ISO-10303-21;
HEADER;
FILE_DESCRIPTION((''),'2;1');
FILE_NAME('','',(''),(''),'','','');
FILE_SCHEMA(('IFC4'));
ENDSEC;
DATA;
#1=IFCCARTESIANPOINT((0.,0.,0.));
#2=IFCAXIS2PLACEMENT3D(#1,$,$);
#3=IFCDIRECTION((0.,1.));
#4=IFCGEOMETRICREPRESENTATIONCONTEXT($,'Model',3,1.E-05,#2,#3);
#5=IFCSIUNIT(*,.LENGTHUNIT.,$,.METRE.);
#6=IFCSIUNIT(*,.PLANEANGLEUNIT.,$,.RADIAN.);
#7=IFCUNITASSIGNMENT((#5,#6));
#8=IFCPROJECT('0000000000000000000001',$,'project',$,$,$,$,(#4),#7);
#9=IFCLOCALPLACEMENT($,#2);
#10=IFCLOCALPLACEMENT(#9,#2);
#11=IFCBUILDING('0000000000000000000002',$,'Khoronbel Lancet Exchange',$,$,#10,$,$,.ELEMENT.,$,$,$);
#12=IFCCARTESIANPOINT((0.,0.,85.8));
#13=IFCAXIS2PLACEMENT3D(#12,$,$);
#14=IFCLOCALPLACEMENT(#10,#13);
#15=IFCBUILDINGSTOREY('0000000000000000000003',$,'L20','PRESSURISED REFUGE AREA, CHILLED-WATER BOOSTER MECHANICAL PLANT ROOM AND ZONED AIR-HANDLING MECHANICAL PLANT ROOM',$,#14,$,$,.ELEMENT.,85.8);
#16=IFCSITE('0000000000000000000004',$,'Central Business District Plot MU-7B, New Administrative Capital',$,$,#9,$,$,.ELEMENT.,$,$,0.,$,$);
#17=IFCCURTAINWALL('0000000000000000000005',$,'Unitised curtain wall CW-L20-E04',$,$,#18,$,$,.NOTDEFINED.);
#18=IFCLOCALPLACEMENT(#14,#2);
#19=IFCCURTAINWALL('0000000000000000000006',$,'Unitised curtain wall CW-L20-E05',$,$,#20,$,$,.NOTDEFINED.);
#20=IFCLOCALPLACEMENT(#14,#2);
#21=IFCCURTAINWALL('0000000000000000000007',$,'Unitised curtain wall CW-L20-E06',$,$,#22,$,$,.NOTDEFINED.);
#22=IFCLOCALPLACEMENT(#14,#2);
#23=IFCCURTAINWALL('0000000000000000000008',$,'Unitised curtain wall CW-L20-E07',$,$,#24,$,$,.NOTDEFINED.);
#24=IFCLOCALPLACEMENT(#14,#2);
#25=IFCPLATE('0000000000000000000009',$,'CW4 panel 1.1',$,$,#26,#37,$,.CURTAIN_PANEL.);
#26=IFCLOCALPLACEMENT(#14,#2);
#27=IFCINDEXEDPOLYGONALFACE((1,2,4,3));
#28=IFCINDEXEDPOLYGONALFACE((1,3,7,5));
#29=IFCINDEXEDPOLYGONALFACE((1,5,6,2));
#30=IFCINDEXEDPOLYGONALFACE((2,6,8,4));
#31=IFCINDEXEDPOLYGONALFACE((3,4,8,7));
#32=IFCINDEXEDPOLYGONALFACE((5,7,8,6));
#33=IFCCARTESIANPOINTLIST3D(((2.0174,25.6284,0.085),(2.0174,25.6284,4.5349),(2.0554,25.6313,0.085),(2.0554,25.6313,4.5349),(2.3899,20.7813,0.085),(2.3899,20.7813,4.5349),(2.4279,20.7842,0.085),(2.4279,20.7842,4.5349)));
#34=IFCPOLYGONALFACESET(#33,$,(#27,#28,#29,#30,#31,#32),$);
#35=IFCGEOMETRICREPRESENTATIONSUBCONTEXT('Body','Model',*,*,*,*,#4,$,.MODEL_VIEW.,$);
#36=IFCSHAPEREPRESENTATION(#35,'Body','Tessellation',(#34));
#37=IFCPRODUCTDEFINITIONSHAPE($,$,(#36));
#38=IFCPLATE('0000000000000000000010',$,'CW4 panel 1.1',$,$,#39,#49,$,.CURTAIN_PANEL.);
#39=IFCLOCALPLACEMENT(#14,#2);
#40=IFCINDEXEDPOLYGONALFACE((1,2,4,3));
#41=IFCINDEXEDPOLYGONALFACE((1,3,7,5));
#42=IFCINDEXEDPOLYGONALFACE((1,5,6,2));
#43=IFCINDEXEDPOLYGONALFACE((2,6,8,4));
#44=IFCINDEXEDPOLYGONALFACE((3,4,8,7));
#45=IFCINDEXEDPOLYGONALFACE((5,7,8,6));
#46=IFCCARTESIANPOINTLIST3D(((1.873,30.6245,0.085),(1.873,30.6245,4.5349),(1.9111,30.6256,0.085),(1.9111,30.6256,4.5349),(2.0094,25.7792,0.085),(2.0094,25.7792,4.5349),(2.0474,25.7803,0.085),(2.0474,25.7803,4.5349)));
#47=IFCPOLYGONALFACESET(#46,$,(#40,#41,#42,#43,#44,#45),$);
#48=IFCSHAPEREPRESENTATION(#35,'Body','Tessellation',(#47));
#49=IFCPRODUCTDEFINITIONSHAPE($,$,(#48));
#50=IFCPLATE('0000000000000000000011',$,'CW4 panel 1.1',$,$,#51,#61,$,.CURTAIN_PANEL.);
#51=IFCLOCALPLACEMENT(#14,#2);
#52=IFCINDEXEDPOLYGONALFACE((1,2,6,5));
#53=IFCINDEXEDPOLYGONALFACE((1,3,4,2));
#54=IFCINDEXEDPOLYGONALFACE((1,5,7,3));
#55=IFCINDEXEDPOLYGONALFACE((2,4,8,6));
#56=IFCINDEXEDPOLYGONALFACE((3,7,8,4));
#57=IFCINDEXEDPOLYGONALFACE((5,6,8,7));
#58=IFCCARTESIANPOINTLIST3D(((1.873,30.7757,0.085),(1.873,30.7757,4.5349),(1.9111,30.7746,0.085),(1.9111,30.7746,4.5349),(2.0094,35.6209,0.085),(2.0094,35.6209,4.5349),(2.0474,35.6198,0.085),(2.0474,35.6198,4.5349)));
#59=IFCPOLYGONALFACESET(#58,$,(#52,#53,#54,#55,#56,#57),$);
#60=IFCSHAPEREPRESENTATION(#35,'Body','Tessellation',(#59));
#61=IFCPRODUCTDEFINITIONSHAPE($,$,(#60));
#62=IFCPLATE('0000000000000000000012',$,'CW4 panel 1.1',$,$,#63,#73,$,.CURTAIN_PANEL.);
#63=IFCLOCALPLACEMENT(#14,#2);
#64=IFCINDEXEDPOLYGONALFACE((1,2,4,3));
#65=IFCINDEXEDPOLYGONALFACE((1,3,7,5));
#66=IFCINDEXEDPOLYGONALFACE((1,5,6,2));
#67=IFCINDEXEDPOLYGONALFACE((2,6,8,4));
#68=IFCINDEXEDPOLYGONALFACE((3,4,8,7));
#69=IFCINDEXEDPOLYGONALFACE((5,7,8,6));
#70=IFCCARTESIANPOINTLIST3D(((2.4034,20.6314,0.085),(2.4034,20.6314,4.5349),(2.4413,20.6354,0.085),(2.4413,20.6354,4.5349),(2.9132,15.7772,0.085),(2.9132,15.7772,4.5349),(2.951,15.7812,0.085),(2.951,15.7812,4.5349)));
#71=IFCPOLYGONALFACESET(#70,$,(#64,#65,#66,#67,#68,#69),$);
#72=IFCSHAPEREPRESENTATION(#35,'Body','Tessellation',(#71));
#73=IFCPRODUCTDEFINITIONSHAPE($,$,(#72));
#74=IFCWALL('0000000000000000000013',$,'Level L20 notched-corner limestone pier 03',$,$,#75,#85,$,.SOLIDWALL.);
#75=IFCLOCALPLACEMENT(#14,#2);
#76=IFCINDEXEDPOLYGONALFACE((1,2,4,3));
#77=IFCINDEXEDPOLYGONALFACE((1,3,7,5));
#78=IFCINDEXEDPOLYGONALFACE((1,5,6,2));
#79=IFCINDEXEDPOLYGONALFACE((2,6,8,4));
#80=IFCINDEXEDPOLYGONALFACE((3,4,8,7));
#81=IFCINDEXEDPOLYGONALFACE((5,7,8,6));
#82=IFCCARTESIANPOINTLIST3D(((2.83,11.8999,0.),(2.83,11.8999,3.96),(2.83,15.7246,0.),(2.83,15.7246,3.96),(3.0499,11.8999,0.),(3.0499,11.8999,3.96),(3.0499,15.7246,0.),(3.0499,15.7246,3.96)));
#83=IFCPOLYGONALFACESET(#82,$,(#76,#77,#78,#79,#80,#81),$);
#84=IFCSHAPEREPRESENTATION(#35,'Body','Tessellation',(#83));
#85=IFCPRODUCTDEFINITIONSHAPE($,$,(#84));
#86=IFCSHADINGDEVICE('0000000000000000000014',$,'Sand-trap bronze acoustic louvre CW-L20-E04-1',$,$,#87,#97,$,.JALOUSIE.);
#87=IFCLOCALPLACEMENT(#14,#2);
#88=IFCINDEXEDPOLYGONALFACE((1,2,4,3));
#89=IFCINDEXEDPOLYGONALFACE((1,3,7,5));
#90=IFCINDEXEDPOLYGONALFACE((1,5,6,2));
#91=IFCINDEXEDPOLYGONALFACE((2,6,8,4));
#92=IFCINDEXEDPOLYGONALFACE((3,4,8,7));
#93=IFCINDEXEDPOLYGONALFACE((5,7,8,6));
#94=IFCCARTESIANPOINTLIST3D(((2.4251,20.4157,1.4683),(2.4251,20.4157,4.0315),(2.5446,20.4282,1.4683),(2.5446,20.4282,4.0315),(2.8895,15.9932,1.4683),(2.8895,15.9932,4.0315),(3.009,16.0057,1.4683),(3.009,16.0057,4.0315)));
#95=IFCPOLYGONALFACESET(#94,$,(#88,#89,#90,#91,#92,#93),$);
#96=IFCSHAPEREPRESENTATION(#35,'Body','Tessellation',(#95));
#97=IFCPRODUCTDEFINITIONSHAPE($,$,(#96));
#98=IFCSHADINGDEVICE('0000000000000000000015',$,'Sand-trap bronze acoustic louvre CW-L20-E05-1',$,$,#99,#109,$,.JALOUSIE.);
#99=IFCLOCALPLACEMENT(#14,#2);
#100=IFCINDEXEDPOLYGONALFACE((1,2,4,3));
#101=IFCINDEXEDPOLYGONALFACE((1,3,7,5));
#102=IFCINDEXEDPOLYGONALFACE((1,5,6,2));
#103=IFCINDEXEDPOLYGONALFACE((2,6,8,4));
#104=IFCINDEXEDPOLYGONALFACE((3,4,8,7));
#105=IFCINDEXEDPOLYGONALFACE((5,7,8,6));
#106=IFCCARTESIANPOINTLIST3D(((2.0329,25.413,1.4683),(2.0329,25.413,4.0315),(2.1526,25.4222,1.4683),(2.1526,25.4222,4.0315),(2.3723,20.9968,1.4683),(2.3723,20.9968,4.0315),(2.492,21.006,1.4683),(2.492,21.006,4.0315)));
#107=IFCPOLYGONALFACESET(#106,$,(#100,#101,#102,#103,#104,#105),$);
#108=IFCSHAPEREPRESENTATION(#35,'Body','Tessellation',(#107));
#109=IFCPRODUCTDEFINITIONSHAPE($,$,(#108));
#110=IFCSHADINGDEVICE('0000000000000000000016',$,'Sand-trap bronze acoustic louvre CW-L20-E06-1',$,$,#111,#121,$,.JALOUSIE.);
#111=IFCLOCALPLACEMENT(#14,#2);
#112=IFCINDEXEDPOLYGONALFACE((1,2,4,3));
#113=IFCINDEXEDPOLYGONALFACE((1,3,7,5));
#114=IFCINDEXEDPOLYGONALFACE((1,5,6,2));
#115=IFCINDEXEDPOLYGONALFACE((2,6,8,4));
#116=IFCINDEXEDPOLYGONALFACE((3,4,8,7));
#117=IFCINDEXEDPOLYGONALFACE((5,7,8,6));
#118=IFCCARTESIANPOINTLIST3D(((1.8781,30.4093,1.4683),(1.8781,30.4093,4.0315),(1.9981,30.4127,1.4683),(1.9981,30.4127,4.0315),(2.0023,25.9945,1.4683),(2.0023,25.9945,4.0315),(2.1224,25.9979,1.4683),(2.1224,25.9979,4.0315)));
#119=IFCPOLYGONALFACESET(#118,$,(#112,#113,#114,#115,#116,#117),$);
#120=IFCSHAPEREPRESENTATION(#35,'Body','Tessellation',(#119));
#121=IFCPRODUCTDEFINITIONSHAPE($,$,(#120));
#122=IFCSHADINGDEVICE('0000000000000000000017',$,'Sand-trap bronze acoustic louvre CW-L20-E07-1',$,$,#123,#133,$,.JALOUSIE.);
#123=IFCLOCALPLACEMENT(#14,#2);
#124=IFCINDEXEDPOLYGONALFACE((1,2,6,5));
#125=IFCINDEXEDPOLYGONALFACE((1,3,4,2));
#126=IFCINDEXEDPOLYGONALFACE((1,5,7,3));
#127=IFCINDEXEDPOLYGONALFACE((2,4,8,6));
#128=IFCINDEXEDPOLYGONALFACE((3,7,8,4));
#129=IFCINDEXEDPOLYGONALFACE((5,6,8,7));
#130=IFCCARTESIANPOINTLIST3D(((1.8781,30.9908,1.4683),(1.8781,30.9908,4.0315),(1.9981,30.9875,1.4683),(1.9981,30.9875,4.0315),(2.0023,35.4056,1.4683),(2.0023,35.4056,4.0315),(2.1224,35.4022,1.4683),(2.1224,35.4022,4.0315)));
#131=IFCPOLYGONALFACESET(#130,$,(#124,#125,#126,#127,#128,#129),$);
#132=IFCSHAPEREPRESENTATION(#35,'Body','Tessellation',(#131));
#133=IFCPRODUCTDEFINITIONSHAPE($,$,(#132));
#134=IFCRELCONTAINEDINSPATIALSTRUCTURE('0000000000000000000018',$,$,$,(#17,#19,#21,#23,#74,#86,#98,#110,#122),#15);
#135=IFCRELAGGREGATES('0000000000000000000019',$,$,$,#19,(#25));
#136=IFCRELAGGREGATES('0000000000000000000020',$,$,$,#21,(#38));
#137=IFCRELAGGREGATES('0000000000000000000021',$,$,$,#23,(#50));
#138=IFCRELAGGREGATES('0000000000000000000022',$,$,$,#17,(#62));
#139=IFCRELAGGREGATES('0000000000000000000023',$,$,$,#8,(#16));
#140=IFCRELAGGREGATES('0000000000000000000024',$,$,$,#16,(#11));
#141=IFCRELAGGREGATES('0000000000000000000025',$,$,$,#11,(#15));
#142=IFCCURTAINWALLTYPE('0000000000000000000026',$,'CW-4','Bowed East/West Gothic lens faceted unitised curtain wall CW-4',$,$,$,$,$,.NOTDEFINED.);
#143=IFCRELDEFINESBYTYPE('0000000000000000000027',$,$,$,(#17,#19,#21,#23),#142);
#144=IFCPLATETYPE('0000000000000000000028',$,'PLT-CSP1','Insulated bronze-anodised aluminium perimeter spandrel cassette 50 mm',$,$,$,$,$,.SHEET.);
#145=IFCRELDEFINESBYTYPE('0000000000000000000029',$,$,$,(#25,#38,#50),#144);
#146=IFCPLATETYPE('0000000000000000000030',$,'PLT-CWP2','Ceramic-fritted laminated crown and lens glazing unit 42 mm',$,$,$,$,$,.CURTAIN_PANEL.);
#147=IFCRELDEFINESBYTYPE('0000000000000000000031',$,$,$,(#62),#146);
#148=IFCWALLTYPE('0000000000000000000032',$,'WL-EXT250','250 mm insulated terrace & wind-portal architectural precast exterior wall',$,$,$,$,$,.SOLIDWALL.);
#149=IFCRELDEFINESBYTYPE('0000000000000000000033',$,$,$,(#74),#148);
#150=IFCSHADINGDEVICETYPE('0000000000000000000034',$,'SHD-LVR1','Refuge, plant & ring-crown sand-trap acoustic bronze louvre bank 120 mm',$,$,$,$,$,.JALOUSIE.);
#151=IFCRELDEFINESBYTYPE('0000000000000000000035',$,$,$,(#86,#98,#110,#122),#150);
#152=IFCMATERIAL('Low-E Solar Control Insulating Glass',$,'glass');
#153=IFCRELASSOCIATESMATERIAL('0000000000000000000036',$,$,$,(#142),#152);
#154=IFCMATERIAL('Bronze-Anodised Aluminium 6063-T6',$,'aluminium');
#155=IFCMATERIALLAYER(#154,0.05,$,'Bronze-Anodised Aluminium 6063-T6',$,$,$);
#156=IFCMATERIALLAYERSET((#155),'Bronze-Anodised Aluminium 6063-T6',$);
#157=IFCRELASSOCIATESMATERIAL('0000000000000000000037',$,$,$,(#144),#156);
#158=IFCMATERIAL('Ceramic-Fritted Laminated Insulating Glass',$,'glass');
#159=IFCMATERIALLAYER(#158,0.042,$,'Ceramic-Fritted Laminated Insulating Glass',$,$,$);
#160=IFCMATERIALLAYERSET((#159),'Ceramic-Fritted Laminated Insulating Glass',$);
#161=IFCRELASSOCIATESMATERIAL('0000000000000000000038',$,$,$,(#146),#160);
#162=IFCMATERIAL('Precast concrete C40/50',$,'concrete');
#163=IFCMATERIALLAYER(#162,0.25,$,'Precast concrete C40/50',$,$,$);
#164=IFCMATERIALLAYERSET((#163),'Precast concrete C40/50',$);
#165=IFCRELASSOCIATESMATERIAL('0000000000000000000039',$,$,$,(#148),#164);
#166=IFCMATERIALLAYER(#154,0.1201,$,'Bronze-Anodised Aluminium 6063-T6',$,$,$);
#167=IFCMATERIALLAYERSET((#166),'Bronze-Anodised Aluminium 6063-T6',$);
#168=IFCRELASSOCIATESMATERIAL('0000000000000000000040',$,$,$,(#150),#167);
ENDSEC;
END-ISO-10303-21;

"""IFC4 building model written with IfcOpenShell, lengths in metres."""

from ifc_helpers import new_model, si_unit, direction, frame, frame_2d, origin, origin_2d, place, context, subcontext, project, spatial, rectangle, extrude, material, layer, layer_set, type_object, element, aggregate, save


model = new_model("IFC4")

# Units and contexts
model_context = context("Model", 3, precision=1e-05, world=origin(), true_north=direction((0.0, 1.0)))
body_context = subcontext(model_context, "Body", "Model", "MODEL_VIEW")
ifc_project = project(units=[si_unit("LENGTHUNIT", "METRE"), si_unit("PLANEANGLEUNIT", "RADIAN")], contexts=[model_context])

# Site, building, storey
site_placement = place(None, origin())
site = spatial("IfcSite", under=ifc_project, at=site_placement, Name="Central Business District Plot MU-7B, New Administrative Capital", CompositionType="ELEMENT", RefElevation=0.0)
building_placement = place(site_placement, origin())
building = spatial("IfcBuilding", under=site, at=building_placement, Name="Khoronbel Lancet Exchange", CompositionType="ELEMENT")
storey_placement = place(building_placement, frame((0.0, 0.0, 85.8)))
storey = spatial("IfcBuildingStorey", under=building, at=storey_placement, Name="L20", Description="PRESSURISED REFUGE AREA, CHILLED-WATER BOOSTER MECHANICAL PLANT ROOM AND ZONED AIR-HANDLING MECHANICAL PLANT ROOM", CompositionType="ELEMENT", Elevation=85.8)

# Curtain walls
ifc_material_1 = material(Name="Low-E Solar Control Insulating Glass", Category="glass")
curtain_wall_type = type_object("IfcCurtainWallType", Name="CW-4", Description="Bowed East/West Gothic lens faceted unitised curtain wall CW-4", PredefinedType="NOTDEFINED", material=ifc_material_1)
curtain_wall_1_placement = place(storey_placement, origin())
curtain_wall_1 = element("IfcCurtainWall", 1, at=curtain_wall_1_placement, inside=storey, type_object=curtain_wall_type, Name="Unitised curtain wall CW-L20-E04", PredefinedType="NOTDEFINED")
ifc_material_2 = material(Name="Bronze-Anodised Aluminium 6063-T6", Category="aluminium")
curtain_wall_2_placement = place(storey_placement, origin())
curtain_wall_2 = element("IfcCurtainWall", 2, at=curtain_wall_2_placement, inside=storey, type_object=curtain_wall_type, Name="Unitised curtain wall CW-L20-E05", PredefinedType="NOTDEFINED")
curtain_wall_3_placement = place(storey_placement, origin())
curtain_wall_3 = element("IfcCurtainWall", 3, at=curtain_wall_3_placement, inside=storey, type_object=curtain_wall_type, Name="Unitised curtain wall CW-L20-E06", PredefinedType="NOTDEFINED")
curtain_wall_4_placement = place(storey_placement, origin())
curtain_wall_4 = element("IfcCurtainWall", 4, at=curtain_wall_4_placement, inside=storey, type_object=curtain_wall_type, Name="Unitised curtain wall CW-L20-E07", PredefinedType="NOTDEFINED")

# Plates
ifc_layer_1 = layer(ifc_material_2, 0.05, Name="Bronze-Anodised Aluminium 6063-T6")
ifc_layer_set_1 = layer_set([ifc_layer_1], Name="Bronze-Anodised Aluminium 6063-T6")
plate_type_1 = type_object("IfcPlateType", Name="PLT-CSP1", Description="Insulated bronze-anodised aluminium perimeter spandrel cassette 50 mm", PredefinedType="SHEET", material=ifc_layer_set_1)
plate_1_placement = place(storey_placement, frame((2.2227, 23.2063, 0.085), z_axis=(0.0, 0.0, 1.0), x_axis=(-0.076626, 0.99706, 0.0)))
plate_1 = element("IfcPlate", 5, at=plate_1_placement, type_object=plate_type_1, Name="CW4 panel 1.1", PredefinedType="CURTAIN_PANEL", context=body_context, shape_type="SweptSolid", body=[
    extrude(rectangle(XDim=4.8613, YDim=0.0381, at=origin_2d()), origin(), (0.0, 0.0, 1.0), 4.45),
])
aggregate(curtain_wall_2, [plate_1])
plate_2_placement = place(storey_placement, frame((1.9602, 28.2024, 0.085), z_axis=(0.0, 0.0, 1.0), x_axis=(-0.028135, 0.999604, 0.0)))
plate_2 = element("IfcPlate", 6, at=plate_2_placement, type_object=plate_type_1, Name="CW4 panel 1.1", PredefinedType="CURTAIN_PANEL", context=body_context, shape_type="SweptSolid", body=[
    extrude(rectangle(XDim=4.8472, YDim=0.0381, at=origin_2d()), origin(), (0.0, 0.0, 1.0), 4.45),
])
aggregate(curtain_wall_3, [plate_2])
plate_3_placement = place(storey_placement, frame((1.9602, 33.1978, 0.085), z_axis=(0.0, 0.0, 1.0), x_axis=(0.028135, 0.999604, 0.0)))
plate_3 = element("IfcPlate", 7, at=plate_3_placement, type_object=plate_type_1, Name="CW4 panel 1.1", PredefinedType="CURTAIN_PANEL", context=body_context, shape_type="SweptSolid", body=[
    extrude(rectangle(XDim=4.8472, YDim=0.0381, at=origin_2d()), origin(), (0.0, 0.0, 1.0), 4.45),
])
aggregate(curtain_wall_4, [plate_3])
ifc_material_3 = material(Name="Ceramic-Fritted Laminated Insulating Glass", Category="glass")
ifc_layer_2 = layer(ifc_material_3, 0.042, Name="Ceramic-Fritted Laminated Insulating Glass")
ifc_layer_set_2 = layer_set([ifc_layer_2], Name="Ceramic-Fritted Laminated Insulating Glass")
plate_type_2 = type_object("IfcPlateType", Name="PLT-CWP2", Description="Ceramic-fritted laminated crown and lens glazing unit 42 mm", PredefinedType="CURTAIN_PANEL", material=ifc_layer_set_2)
plate_4_placement = place(storey_placement, frame((2.6772, 18.2063, 0.085), z_axis=(0.0, 0.0, 1.0), x_axis=(-0.104434, 0.994532, 0.0)))
plate_4 = element("IfcPlate", 8, at=plate_4_placement, type_object=plate_type_2, Name="CW4 panel 1.1", PredefinedType="CURTAIN_PANEL", context=body_context, shape_type="SweptSolid", body=[
    extrude(rectangle(XDim=4.8809, YDim=0.0381, at=origin_2d()), origin(), (0.0, 0.0, 1.0), 4.45),
])
aggregate(curtain_wall_1, [plate_4])

# Wall
ifc_material_4 = material(Name="Precast concrete C40/50", Category="concrete")
ifc_layer_3 = layer(ifc_material_4, 0.25, Name="Precast concrete C40/50")
ifc_layer_set_3 = layer_set([ifc_layer_3], Name="Precast concrete C40/50")
wall_type = type_object("IfcWallType", Name="WL-EXT250", Description="250 mm insulated terrace & wind-portal architectural precast exterior wall", PredefinedType="SOLIDWALL", material=ifc_layer_set_3)
wall_placement = place(storey_placement, frame((2.9399, 11.8999, 0.0), z_axis=(0.0, 0.0, 1.0), x_axis=(0.0, 1.0, 0.0)))
element("IfcWall", 9, at=wall_placement, inside=storey, type_object=wall_type, Name="Level L20 notched-corner limestone pier 03", PredefinedType="SOLIDWALL", context=body_context, shape_type="SweptSolid", body=[
    extrude(rectangle(XDim=3.8247, YDim=0.22, at=frame_2d((1.9124, 0.0))), origin(), (0.0, 0.0, 1.0), 3.96),
])

# Shading devices
ifc_layer_4 = layer(ifc_material_2, 0.1201, Name="Bronze-Anodised Aluminium 6063-T6")
ifc_layer_set_4 = layer_set([ifc_layer_4], Name="Bronze-Anodised Aluminium 6063-T6")
shading_device_type = type_object("IfcShadingDeviceType", Name="SHD-LVR1", Description="Refuge, plant & ring-crown sand-trap acoustic bronze louvre bank 120 mm", PredefinedType="JALOUSIE", material=ifc_layer_set_4)
shading_device_1_placement = place(storey_placement, frame((2.717, 18.2107, 1.4683), z_axis=(0.0, 0.0, 1.0), x_axis=(-0.104434, 0.994532, 0.0)))
element("IfcShadingDevice", 10, at=shading_device_1_placement, inside=storey, type_object=shading_device_type, Name="Sand-trap bronze acoustic louvre CW-L20-E04-1", PredefinedType="JALOUSIE", context=body_context, shape_type="SweptSolid", body=[
    extrude(rectangle(XDim=4.4468, YDim=0.1201, at=origin_2d()), origin(), (0.0, 0.0, 1.0), 2.5632),
])
shading_device_2_placement = place(storey_placement, frame((2.2625, 23.2095, 1.4683), z_axis=(0.0, 0.0, 1.0), x_axis=(-0.076626, 0.99706, 0.0)))
element("IfcShadingDevice", 11, at=shading_device_2_placement, inside=storey, type_object=shading_device_type, Name="Sand-trap bronze acoustic louvre CW-L20-E05-1", PredefinedType="JALOUSIE", context=body_context, shape_type="SweptSolid", body=[
    extrude(rectangle(XDim=4.4292, YDim=0.1201, at=origin_2d()), origin(), (0.0, 0.0, 1.0), 2.5632),
])
for number, where, z_axis, x_axis, name in (
    (12, (2.0002, 28.2036, 1.4683), (0.0, 0.0, 1.0), (-0.028135, 0.999604, 0.0), "Sand-trap bronze acoustic louvre CW-L20-E06-1"),
    (13, (2.0002, 33.1965, 1.4683), (0.0, 0.0, 1.0), (0.028135, 0.999604, 0.0), "Sand-trap bronze acoustic louvre CW-L20-E07-1"),
):
    element("IfcShadingDevice", number, at=place(storey_placement, frame(where, z_axis=z_axis, x_axis=x_axis)), inside=storey, type_object=shading_device_type, Name=name, PredefinedType="JALOUSIE", context=body_context, shape_type="SweptSolid", body=[
        extrude(rectangle(XDim=4.4165, YDim=0.1201, at=origin_2d()), origin(), (0.0, 0.0, 1.0), 2.5632),
    ])

save(model, "model.ifc")
